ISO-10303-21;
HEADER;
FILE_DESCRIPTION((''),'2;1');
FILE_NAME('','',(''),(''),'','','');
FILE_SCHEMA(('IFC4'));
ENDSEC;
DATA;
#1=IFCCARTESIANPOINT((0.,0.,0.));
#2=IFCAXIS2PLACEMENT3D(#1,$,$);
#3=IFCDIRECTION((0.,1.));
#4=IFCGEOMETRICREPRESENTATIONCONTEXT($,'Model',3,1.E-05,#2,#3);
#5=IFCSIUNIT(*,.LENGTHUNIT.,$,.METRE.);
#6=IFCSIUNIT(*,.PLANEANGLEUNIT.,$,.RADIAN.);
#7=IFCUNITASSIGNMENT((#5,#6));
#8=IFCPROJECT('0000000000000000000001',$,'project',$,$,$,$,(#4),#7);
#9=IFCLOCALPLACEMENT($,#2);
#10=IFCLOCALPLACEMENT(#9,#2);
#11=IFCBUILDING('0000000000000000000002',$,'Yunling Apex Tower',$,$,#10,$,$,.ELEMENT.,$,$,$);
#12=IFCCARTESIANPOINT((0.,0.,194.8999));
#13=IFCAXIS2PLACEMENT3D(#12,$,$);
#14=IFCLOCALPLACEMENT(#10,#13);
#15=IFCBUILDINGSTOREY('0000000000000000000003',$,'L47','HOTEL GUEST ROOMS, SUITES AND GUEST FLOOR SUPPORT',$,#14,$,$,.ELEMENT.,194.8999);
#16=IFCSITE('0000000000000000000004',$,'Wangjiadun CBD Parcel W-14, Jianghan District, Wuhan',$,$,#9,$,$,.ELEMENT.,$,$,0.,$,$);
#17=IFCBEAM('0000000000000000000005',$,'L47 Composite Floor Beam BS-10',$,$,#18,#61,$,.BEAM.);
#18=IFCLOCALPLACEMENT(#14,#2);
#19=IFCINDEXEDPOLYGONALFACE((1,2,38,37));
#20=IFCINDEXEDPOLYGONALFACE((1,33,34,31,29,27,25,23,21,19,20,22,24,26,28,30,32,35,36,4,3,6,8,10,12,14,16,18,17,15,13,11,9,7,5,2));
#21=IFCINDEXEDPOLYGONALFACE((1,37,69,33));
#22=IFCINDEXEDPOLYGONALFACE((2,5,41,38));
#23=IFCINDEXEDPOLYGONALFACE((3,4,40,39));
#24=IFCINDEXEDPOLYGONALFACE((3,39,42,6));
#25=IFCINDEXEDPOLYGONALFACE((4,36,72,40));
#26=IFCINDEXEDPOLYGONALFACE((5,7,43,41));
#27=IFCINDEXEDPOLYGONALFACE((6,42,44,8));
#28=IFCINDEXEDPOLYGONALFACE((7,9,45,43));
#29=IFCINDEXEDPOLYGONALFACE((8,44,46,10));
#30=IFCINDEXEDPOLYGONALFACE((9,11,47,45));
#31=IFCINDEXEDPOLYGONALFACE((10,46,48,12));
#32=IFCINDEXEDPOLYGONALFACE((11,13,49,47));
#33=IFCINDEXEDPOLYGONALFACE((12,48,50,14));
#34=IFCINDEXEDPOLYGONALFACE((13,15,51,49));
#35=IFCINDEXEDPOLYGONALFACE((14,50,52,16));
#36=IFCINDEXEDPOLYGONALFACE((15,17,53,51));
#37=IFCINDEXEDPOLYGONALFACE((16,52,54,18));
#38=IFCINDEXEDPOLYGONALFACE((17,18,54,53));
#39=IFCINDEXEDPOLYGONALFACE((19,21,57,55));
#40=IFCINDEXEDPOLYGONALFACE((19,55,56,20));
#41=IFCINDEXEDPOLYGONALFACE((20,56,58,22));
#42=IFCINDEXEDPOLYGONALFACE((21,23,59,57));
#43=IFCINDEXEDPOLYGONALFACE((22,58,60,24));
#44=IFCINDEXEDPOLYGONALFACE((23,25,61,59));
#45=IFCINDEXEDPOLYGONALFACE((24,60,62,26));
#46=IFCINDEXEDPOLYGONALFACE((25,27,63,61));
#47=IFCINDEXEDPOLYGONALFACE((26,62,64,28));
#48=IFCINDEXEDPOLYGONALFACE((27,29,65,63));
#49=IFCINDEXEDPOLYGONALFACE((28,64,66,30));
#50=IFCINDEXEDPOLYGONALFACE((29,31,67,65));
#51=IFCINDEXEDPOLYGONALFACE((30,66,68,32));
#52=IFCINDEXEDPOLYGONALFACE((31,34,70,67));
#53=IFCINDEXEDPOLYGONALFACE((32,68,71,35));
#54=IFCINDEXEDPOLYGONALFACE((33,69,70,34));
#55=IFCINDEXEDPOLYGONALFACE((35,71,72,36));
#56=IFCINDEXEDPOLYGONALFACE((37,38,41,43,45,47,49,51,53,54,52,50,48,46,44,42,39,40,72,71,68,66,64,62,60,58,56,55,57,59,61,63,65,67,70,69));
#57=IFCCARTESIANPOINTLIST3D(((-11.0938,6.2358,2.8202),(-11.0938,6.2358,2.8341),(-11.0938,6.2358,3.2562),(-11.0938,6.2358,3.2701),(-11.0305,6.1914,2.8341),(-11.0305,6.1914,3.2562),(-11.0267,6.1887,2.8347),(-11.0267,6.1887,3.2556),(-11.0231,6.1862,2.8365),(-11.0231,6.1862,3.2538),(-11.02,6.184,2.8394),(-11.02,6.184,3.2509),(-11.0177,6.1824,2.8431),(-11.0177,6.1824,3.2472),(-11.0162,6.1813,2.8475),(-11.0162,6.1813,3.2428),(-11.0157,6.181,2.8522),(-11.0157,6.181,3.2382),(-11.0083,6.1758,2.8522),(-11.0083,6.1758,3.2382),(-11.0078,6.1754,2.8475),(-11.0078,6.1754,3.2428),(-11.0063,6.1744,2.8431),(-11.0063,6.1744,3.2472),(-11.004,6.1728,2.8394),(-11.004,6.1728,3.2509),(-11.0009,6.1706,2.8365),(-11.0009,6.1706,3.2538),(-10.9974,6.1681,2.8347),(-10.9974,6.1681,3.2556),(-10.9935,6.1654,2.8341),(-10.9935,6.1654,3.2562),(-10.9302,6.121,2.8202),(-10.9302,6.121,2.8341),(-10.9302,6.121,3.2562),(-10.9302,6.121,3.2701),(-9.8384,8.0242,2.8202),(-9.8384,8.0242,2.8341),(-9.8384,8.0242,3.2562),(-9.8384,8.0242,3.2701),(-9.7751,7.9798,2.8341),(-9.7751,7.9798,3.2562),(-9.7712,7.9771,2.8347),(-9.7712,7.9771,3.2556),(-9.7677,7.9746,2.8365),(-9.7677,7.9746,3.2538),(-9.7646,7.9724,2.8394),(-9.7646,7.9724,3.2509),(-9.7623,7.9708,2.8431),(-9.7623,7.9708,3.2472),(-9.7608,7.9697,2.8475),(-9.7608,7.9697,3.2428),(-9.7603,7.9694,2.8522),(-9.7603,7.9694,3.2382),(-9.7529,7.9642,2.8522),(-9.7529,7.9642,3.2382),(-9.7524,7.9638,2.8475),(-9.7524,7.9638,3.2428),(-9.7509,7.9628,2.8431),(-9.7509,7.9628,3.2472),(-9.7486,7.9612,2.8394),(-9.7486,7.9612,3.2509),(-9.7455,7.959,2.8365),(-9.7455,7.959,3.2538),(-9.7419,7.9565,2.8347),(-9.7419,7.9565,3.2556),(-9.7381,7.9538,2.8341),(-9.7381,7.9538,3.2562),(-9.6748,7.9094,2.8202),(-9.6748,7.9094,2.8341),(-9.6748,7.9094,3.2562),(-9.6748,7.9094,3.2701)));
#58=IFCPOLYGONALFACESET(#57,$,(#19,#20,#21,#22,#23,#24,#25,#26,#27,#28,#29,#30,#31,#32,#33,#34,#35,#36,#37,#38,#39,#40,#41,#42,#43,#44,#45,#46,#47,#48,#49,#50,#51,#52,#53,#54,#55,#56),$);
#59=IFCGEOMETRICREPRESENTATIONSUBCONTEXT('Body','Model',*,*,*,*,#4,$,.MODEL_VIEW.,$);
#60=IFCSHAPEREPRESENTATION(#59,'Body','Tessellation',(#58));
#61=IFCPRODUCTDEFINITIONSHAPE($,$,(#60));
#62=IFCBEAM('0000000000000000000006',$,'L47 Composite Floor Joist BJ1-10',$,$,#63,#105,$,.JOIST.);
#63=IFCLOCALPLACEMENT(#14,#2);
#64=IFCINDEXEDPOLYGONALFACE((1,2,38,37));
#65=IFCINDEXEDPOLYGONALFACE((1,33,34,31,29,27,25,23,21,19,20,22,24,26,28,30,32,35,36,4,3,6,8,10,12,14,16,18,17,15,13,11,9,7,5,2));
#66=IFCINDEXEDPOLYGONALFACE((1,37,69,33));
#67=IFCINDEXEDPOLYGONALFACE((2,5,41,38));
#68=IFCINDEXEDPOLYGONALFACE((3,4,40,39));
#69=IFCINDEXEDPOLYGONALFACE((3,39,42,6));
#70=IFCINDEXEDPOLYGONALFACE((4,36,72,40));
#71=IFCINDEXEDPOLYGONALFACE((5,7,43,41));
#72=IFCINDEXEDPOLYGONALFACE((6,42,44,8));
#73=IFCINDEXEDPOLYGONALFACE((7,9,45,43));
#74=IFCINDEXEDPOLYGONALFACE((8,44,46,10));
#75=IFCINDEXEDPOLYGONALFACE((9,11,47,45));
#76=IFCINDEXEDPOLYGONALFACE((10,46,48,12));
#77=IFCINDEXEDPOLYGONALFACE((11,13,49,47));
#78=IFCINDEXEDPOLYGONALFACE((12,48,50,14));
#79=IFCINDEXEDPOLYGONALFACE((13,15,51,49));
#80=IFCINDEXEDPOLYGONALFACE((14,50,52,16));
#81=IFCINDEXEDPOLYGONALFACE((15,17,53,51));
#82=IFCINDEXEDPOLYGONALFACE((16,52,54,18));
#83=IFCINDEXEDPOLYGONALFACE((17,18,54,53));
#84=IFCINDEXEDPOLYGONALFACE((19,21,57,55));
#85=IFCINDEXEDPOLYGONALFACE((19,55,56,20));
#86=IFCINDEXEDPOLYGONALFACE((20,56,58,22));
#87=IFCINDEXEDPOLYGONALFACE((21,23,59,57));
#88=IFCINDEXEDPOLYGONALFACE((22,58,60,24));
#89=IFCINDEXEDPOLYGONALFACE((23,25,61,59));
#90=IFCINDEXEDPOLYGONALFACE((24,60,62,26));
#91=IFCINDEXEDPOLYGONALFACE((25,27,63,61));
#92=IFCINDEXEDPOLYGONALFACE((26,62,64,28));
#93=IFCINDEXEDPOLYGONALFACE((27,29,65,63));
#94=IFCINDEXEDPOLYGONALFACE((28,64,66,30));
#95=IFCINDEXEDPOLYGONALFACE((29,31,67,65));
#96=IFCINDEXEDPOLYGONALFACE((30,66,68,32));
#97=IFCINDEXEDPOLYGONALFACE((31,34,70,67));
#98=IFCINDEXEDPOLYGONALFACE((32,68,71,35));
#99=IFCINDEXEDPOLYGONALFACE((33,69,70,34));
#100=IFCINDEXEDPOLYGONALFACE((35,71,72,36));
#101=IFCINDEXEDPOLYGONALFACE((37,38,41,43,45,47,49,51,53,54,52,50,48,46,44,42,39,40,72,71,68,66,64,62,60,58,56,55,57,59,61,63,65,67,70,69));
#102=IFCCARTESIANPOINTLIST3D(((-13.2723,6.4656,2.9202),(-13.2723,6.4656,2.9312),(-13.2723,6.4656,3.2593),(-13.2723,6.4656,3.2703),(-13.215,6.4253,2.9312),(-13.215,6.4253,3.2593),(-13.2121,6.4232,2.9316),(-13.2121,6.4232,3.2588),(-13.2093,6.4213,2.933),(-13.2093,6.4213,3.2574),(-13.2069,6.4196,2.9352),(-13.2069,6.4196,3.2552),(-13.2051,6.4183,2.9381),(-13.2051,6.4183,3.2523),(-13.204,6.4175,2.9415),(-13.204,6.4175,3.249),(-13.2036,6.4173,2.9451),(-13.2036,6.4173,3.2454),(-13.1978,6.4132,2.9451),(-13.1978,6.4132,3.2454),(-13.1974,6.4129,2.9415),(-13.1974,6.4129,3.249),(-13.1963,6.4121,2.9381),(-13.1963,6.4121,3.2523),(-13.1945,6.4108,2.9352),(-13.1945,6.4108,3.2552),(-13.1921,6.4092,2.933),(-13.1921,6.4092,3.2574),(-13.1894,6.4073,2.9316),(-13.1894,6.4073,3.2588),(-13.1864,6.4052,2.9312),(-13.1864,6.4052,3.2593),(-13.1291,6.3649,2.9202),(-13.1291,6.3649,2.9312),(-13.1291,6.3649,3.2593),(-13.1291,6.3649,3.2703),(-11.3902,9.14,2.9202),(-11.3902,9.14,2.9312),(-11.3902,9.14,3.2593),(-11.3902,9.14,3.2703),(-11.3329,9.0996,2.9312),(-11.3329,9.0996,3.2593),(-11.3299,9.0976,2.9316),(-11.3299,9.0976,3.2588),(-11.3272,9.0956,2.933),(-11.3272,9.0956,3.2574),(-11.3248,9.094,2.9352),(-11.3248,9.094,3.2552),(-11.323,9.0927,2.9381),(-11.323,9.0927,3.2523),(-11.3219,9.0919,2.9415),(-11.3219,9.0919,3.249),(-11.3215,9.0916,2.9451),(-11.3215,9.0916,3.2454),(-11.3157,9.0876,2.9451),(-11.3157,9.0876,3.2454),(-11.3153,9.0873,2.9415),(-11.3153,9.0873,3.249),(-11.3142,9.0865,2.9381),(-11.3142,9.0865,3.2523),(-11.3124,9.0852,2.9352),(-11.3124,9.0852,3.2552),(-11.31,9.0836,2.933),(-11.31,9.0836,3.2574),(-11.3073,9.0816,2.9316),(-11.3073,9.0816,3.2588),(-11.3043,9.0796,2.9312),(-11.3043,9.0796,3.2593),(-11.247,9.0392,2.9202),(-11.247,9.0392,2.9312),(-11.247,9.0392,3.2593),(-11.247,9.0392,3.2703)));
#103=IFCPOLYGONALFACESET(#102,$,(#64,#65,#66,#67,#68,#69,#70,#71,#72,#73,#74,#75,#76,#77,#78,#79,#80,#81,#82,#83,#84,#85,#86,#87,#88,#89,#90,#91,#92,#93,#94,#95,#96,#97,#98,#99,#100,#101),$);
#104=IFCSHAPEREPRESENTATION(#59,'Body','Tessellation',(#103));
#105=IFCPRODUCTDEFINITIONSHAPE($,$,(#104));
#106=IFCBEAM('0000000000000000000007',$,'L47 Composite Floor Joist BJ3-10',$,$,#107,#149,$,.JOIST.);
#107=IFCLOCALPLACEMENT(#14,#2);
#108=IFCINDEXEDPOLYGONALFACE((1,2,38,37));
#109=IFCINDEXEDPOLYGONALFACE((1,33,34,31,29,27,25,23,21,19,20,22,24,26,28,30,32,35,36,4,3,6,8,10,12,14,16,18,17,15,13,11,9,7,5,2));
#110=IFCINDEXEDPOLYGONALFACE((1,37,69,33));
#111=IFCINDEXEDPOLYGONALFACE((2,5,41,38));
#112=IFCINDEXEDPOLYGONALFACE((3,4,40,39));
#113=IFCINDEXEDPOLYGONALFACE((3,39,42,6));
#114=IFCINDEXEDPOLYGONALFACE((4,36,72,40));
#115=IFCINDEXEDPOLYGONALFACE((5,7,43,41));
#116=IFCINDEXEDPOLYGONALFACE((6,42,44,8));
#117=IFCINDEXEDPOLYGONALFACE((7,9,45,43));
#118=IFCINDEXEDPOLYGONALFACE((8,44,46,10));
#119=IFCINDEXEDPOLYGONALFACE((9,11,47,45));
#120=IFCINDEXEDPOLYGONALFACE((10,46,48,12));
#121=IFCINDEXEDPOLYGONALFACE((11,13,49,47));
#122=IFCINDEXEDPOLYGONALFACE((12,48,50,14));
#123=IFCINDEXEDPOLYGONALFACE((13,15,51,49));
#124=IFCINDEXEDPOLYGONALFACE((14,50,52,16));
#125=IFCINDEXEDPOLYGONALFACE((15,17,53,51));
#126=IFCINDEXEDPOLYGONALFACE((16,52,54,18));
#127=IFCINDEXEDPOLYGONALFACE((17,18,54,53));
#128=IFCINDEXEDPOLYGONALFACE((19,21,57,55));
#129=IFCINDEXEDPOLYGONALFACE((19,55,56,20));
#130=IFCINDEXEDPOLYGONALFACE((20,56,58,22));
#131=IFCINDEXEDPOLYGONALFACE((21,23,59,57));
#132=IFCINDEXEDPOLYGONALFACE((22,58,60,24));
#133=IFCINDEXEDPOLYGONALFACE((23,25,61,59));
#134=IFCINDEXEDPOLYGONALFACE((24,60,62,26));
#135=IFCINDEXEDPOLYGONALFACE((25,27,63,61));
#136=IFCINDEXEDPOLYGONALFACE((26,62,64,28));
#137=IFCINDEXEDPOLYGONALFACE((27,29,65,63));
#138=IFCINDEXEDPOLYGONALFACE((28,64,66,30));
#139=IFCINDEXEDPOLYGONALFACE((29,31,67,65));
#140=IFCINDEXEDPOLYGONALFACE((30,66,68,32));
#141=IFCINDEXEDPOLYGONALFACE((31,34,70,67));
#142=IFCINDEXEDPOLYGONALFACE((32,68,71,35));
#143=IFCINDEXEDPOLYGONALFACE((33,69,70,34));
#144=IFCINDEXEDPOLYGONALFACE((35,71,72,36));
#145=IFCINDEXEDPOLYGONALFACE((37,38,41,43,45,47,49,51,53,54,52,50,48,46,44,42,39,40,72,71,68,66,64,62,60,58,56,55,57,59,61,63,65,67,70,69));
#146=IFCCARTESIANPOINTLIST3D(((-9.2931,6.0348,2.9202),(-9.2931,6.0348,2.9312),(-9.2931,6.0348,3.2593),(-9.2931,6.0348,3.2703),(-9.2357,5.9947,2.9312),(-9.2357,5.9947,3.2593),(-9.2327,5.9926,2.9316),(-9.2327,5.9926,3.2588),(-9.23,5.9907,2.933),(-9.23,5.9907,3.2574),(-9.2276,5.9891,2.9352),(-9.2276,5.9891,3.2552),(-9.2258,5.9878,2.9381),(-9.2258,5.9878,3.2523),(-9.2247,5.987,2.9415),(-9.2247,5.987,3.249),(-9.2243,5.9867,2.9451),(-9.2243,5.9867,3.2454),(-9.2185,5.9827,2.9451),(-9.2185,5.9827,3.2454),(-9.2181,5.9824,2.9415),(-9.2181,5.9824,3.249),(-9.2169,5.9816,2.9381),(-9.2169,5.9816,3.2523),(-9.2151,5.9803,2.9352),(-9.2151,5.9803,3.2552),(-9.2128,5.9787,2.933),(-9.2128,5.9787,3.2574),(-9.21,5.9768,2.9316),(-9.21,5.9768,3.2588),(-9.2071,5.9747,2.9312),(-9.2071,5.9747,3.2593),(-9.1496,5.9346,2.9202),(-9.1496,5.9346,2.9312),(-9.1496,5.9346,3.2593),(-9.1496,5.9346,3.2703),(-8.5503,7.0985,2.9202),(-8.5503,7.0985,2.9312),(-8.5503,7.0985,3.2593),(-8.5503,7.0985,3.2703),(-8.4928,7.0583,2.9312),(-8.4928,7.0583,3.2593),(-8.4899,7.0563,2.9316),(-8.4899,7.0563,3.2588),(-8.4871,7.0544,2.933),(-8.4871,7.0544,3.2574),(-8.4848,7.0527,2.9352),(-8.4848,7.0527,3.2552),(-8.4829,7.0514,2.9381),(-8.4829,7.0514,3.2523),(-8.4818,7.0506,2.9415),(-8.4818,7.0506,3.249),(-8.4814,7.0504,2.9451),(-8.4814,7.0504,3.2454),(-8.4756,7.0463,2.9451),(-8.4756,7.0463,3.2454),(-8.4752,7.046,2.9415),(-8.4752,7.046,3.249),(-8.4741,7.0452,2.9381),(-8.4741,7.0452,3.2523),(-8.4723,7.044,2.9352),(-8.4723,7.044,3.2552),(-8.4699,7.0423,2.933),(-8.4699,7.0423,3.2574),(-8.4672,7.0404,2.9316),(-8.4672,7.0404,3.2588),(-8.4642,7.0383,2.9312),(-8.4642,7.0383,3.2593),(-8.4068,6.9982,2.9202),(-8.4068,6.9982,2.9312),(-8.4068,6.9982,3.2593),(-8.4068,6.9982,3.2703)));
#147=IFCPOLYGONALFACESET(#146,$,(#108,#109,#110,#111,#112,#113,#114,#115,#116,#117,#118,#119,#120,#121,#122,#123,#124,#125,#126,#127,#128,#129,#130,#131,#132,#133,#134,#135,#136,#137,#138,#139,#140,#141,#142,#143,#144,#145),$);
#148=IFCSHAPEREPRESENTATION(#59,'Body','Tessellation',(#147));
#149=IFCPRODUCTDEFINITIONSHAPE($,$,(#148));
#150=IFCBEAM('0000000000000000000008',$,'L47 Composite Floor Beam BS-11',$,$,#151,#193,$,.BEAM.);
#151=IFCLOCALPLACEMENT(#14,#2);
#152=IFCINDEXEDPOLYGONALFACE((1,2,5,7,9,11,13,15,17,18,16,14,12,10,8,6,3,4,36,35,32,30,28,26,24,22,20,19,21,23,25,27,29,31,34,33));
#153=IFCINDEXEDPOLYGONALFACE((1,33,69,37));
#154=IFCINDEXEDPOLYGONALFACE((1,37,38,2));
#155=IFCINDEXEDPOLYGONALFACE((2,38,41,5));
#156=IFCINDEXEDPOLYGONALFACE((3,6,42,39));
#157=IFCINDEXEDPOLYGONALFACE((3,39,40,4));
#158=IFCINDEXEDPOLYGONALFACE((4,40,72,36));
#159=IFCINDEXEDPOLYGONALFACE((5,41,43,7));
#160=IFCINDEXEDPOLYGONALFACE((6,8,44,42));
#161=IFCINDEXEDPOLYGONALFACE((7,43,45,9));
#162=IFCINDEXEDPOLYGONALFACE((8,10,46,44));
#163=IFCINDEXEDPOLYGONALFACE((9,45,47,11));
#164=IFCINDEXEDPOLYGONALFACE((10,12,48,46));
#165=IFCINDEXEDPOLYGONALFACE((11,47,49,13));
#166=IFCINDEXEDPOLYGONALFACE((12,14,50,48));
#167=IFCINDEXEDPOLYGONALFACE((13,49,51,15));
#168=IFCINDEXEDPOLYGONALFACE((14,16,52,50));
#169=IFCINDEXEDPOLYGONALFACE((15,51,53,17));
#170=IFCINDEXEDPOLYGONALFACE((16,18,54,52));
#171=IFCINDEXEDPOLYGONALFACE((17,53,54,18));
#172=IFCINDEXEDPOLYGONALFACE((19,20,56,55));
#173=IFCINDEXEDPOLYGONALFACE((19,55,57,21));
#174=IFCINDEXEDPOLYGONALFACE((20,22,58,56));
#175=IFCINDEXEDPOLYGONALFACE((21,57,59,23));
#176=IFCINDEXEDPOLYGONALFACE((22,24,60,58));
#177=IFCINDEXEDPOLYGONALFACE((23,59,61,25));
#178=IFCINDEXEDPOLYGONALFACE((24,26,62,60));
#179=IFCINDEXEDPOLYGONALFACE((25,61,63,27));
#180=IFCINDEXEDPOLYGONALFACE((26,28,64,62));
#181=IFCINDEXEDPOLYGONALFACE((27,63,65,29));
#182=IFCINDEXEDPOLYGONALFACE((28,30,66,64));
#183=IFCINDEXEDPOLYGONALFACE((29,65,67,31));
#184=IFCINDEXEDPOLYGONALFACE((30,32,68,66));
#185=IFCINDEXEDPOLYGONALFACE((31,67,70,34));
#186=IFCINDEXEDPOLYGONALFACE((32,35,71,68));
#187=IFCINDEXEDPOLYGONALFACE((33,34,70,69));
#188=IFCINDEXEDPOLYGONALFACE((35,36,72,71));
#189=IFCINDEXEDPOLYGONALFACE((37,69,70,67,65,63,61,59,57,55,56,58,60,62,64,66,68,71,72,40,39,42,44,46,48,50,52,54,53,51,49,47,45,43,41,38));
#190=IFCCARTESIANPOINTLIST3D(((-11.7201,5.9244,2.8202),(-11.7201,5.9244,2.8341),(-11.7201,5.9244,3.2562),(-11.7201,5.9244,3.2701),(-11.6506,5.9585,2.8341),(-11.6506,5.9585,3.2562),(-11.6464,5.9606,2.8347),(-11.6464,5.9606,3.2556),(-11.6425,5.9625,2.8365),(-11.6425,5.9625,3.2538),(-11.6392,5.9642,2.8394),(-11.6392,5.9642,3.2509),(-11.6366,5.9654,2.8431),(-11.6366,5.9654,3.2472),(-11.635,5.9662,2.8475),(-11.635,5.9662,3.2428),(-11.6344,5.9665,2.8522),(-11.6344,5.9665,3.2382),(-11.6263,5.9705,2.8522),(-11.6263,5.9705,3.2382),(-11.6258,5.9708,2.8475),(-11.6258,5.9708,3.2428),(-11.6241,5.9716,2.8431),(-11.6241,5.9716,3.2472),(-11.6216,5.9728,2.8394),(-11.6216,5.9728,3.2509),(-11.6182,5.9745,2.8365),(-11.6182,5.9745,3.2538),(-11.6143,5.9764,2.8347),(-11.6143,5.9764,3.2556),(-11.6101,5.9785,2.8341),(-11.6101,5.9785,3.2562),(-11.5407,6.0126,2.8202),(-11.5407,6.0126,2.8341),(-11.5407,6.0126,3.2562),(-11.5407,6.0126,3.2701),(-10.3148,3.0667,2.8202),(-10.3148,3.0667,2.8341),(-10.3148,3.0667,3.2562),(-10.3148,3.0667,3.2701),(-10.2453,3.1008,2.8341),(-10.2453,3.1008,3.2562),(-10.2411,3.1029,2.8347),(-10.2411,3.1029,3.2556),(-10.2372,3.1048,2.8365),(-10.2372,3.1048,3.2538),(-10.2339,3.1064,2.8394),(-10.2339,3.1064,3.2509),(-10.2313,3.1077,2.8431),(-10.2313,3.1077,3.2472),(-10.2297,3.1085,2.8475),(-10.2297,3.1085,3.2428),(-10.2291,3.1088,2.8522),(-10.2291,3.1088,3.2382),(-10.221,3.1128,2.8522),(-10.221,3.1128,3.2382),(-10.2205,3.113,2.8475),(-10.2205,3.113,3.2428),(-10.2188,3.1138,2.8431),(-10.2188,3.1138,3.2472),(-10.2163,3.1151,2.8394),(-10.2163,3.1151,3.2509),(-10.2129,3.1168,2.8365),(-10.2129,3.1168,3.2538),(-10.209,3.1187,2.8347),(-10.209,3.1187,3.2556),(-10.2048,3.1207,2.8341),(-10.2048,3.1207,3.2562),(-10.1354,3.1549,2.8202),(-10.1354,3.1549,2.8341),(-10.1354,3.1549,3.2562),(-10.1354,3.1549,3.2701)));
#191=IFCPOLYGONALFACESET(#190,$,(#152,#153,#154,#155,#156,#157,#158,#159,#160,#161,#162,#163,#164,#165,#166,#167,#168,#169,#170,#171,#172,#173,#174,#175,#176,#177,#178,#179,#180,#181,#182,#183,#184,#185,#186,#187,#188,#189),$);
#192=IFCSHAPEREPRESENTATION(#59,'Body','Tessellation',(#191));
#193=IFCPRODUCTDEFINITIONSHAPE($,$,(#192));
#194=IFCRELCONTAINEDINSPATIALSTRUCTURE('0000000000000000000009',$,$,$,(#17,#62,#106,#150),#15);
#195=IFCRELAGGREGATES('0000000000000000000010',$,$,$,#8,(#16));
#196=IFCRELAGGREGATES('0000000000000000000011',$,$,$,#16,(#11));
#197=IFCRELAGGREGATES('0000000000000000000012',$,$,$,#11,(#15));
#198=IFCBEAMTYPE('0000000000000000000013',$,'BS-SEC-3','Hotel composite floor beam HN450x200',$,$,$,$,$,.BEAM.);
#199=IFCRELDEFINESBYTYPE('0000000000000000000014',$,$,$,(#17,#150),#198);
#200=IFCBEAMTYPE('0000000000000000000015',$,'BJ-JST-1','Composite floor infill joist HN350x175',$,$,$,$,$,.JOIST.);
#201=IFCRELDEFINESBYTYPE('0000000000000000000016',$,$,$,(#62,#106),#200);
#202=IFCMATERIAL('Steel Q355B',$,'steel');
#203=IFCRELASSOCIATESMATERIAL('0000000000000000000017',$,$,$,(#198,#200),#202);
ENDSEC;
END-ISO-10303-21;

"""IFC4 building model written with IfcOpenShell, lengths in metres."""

from ifc_helpers import new_model, si_unit, direction, frame, origin, origin_2d, place, context, subcontext, project, spatial, i_section, extrude, source, transform, mapped, material, material_profile, profile_set, type_object, element, save


model = new_model("IFC4")

# Units and contexts
model_context = context("Model", 3, precision=1e-05, world=origin(), true_north=direction((0.0, 1.0)))
body_context = subcontext(model_context, "Body", "Model", "MODEL_VIEW")
ifc_project = project(units=[si_unit("LENGTHUNIT", "METRE"), si_unit("PLANEANGLEUNIT", "RADIAN")], contexts=[model_context])

# Site, building, storey
site_placement = place(None, origin())
site = spatial("IfcSite", under=ifc_project, at=site_placement, Name="Wangjiadun CBD Parcel W-14, Jianghan District, Wuhan", CompositionType="ELEMENT", RefElevation=0.0)
building_placement = place(site_placement, origin())
building = spatial("IfcBuilding", under=site, at=building_placement, Name="Yunling Apex Tower", CompositionType="ELEMENT")
storey_placement = place(building_placement, frame((0.0, 0.0, 194.8999)))
storey = spatial("IfcBuildingStorey", under=building, at=storey_placement, Name="L47", Description="HOTEL GUEST ROOMS, SUITES AND GUEST FLOOR SUPPORT", CompositionType="ELEMENT", Elevation=194.8999)

# Beams
ifc_material_1 = material(Name="Steel Q355B", Category="steel")
ifc_material_profile_1 = material_profile(ifc_material_1, i_section(OverallWidth=0.2, OverallDepth=0.45, WebThickness=0.009, FlangeThickness=0.0139, FilletRadius=0.0181, at=origin_2d()))
ifc_profile_set_1 = profile_set([ifc_material_profile_1], Name="Steel Q355B")
beam_type_1 = type_object("IfcBeamType", Name="BS-SEC-3", Description="Hotel composite floor beam HN450x200", PredefinedType="BEAM", material=ifc_profile_set_1)
shared_shape_1 = source(origin(), body_context, "Body", "SweptSolid", [
    extrude(i_section(OverallWidth=0.2, OverallDepth=0.45, WebThickness=0.009, FlangeThickness=0.0139, FilletRadius=0.0181, at=origin_2d()), origin(), (0.0, 0.0, 1.0), 2.1851),
])
beam_1_placement = place(storey_placement, frame((-9.7566, 7.9668, 3.0452), z_axis=(-0.574549, -0.81847, 0.0), x_axis=(0.81847, -0.574549, 0.0)))
element("IfcBeam", 1, at=beam_1_placement, inside=storey, type_object=beam_type_1, Name="L47 Composite Floor Beam BS-10", PredefinedType="BEAM", context=body_context, shape_type="MappedRepresentation", body=[
    mapped(shared_shape_1, transform((0.0, 0.0, 0.0), scale=1.0)),
])
ifc_material_profile_2 = material_profile(ifc_material_1, i_section(OverallWidth=0.175, OverallDepth=0.3501, WebThickness=0.0071, FlangeThickness=0.011, FilletRadius=0.0139, at=origin_2d()))
ifc_profile_set_2 = profile_set([ifc_material_profile_2], Name="Steel Q355B")
beam_type_2 = type_object("IfcBeamType", Name="BJ-JST-1", Description="Composite floor infill joist HN350x175", PredefinedType="JOIST", material=ifc_profile_set_2)
shared_shape_2 = source(origin(), body_context, "Body", "SweptSolid", [
    extrude(i_section(OverallWidth=0.175, OverallDepth=0.3501, WebThickness=0.0071, FlangeThickness=0.011, FilletRadius=0.0139, at=origin_2d()), origin(), (0.0, 0.0, 1.0), 3.2703),
])
beam_2_placement = place(storey_placement, frame((-11.3186, 9.0896, 3.0952), z_axis=(-0.575525, -0.817784, 0.0), x_axis=(0.817784, -0.575525, 0.0)))
element("IfcBeam", 2, at=beam_2_placement, inside=storey, type_object=beam_type_2, Name="L47 Composite Floor Joist BJ1-10", PredefinedType="JOIST", context=body_context, shape_type="MappedRepresentation", body=[
    mapped(shared_shape_2, transform((0.0, 0.0, 0.0), scale=1.0)),
])
shared_shape_3 = source(origin(), body_context, "Body", "SweptSolid", [
    extrude(i_section(OverallWidth=0.175, OverallDepth=0.3501, WebThickness=0.0071, FlangeThickness=0.011, FilletRadius=0.0139, at=origin_2d()), origin(), (0.0, 0.0, 1.0), 1.2974),
])
beam_3_placement = place(storey_placement, frame((-8.4785, 7.0483, 3.0952), z_axis=(-0.572591, -0.819841, 0.0), x_axis=(0.819841, -0.572591, 0.0)))
element("IfcBeam", 3, at=beam_3_placement, inside=storey, type_object=beam_type_2, Name="L47 Composite Floor Joist BJ3-10", PredefinedType="JOIST", context=body_context, shape_type="MappedRepresentation", body=[
    mapped(shared_shape_3, transform((0.0, 0.0, 0.0), scale=1.0)),
])
shared_shape_4 = source(origin(), body_context, "Body", "SweptSolid", [
    extrude(i_section(OverallWidth=0.2, OverallDepth=0.45, WebThickness=0.009, FlangeThickness=0.0139, FilletRadius=0.0181, at=origin_2d()), origin(), (0.0, 0.0, 1.0), 3.1846),
])
beam_4_placement = place(storey_placement, frame((-11.6304, 5.9685, 3.0452), z_axis=(0.441285, -0.897367, 0.0), x_axis=(0.897367, 0.441285, 0.0)))
element("IfcBeam", 4, at=beam_4_placement, inside=storey, type_object=beam_type_1, Name="L47 Composite Floor Beam BS-11", PredefinedType="BEAM", context=body_context, shape_type="MappedRepresentation", body=[
    mapped(shared_shape_4, transform((0.0, 0.0, 0.0), scale=1.0)),
])

save(model, "model.ifc")
